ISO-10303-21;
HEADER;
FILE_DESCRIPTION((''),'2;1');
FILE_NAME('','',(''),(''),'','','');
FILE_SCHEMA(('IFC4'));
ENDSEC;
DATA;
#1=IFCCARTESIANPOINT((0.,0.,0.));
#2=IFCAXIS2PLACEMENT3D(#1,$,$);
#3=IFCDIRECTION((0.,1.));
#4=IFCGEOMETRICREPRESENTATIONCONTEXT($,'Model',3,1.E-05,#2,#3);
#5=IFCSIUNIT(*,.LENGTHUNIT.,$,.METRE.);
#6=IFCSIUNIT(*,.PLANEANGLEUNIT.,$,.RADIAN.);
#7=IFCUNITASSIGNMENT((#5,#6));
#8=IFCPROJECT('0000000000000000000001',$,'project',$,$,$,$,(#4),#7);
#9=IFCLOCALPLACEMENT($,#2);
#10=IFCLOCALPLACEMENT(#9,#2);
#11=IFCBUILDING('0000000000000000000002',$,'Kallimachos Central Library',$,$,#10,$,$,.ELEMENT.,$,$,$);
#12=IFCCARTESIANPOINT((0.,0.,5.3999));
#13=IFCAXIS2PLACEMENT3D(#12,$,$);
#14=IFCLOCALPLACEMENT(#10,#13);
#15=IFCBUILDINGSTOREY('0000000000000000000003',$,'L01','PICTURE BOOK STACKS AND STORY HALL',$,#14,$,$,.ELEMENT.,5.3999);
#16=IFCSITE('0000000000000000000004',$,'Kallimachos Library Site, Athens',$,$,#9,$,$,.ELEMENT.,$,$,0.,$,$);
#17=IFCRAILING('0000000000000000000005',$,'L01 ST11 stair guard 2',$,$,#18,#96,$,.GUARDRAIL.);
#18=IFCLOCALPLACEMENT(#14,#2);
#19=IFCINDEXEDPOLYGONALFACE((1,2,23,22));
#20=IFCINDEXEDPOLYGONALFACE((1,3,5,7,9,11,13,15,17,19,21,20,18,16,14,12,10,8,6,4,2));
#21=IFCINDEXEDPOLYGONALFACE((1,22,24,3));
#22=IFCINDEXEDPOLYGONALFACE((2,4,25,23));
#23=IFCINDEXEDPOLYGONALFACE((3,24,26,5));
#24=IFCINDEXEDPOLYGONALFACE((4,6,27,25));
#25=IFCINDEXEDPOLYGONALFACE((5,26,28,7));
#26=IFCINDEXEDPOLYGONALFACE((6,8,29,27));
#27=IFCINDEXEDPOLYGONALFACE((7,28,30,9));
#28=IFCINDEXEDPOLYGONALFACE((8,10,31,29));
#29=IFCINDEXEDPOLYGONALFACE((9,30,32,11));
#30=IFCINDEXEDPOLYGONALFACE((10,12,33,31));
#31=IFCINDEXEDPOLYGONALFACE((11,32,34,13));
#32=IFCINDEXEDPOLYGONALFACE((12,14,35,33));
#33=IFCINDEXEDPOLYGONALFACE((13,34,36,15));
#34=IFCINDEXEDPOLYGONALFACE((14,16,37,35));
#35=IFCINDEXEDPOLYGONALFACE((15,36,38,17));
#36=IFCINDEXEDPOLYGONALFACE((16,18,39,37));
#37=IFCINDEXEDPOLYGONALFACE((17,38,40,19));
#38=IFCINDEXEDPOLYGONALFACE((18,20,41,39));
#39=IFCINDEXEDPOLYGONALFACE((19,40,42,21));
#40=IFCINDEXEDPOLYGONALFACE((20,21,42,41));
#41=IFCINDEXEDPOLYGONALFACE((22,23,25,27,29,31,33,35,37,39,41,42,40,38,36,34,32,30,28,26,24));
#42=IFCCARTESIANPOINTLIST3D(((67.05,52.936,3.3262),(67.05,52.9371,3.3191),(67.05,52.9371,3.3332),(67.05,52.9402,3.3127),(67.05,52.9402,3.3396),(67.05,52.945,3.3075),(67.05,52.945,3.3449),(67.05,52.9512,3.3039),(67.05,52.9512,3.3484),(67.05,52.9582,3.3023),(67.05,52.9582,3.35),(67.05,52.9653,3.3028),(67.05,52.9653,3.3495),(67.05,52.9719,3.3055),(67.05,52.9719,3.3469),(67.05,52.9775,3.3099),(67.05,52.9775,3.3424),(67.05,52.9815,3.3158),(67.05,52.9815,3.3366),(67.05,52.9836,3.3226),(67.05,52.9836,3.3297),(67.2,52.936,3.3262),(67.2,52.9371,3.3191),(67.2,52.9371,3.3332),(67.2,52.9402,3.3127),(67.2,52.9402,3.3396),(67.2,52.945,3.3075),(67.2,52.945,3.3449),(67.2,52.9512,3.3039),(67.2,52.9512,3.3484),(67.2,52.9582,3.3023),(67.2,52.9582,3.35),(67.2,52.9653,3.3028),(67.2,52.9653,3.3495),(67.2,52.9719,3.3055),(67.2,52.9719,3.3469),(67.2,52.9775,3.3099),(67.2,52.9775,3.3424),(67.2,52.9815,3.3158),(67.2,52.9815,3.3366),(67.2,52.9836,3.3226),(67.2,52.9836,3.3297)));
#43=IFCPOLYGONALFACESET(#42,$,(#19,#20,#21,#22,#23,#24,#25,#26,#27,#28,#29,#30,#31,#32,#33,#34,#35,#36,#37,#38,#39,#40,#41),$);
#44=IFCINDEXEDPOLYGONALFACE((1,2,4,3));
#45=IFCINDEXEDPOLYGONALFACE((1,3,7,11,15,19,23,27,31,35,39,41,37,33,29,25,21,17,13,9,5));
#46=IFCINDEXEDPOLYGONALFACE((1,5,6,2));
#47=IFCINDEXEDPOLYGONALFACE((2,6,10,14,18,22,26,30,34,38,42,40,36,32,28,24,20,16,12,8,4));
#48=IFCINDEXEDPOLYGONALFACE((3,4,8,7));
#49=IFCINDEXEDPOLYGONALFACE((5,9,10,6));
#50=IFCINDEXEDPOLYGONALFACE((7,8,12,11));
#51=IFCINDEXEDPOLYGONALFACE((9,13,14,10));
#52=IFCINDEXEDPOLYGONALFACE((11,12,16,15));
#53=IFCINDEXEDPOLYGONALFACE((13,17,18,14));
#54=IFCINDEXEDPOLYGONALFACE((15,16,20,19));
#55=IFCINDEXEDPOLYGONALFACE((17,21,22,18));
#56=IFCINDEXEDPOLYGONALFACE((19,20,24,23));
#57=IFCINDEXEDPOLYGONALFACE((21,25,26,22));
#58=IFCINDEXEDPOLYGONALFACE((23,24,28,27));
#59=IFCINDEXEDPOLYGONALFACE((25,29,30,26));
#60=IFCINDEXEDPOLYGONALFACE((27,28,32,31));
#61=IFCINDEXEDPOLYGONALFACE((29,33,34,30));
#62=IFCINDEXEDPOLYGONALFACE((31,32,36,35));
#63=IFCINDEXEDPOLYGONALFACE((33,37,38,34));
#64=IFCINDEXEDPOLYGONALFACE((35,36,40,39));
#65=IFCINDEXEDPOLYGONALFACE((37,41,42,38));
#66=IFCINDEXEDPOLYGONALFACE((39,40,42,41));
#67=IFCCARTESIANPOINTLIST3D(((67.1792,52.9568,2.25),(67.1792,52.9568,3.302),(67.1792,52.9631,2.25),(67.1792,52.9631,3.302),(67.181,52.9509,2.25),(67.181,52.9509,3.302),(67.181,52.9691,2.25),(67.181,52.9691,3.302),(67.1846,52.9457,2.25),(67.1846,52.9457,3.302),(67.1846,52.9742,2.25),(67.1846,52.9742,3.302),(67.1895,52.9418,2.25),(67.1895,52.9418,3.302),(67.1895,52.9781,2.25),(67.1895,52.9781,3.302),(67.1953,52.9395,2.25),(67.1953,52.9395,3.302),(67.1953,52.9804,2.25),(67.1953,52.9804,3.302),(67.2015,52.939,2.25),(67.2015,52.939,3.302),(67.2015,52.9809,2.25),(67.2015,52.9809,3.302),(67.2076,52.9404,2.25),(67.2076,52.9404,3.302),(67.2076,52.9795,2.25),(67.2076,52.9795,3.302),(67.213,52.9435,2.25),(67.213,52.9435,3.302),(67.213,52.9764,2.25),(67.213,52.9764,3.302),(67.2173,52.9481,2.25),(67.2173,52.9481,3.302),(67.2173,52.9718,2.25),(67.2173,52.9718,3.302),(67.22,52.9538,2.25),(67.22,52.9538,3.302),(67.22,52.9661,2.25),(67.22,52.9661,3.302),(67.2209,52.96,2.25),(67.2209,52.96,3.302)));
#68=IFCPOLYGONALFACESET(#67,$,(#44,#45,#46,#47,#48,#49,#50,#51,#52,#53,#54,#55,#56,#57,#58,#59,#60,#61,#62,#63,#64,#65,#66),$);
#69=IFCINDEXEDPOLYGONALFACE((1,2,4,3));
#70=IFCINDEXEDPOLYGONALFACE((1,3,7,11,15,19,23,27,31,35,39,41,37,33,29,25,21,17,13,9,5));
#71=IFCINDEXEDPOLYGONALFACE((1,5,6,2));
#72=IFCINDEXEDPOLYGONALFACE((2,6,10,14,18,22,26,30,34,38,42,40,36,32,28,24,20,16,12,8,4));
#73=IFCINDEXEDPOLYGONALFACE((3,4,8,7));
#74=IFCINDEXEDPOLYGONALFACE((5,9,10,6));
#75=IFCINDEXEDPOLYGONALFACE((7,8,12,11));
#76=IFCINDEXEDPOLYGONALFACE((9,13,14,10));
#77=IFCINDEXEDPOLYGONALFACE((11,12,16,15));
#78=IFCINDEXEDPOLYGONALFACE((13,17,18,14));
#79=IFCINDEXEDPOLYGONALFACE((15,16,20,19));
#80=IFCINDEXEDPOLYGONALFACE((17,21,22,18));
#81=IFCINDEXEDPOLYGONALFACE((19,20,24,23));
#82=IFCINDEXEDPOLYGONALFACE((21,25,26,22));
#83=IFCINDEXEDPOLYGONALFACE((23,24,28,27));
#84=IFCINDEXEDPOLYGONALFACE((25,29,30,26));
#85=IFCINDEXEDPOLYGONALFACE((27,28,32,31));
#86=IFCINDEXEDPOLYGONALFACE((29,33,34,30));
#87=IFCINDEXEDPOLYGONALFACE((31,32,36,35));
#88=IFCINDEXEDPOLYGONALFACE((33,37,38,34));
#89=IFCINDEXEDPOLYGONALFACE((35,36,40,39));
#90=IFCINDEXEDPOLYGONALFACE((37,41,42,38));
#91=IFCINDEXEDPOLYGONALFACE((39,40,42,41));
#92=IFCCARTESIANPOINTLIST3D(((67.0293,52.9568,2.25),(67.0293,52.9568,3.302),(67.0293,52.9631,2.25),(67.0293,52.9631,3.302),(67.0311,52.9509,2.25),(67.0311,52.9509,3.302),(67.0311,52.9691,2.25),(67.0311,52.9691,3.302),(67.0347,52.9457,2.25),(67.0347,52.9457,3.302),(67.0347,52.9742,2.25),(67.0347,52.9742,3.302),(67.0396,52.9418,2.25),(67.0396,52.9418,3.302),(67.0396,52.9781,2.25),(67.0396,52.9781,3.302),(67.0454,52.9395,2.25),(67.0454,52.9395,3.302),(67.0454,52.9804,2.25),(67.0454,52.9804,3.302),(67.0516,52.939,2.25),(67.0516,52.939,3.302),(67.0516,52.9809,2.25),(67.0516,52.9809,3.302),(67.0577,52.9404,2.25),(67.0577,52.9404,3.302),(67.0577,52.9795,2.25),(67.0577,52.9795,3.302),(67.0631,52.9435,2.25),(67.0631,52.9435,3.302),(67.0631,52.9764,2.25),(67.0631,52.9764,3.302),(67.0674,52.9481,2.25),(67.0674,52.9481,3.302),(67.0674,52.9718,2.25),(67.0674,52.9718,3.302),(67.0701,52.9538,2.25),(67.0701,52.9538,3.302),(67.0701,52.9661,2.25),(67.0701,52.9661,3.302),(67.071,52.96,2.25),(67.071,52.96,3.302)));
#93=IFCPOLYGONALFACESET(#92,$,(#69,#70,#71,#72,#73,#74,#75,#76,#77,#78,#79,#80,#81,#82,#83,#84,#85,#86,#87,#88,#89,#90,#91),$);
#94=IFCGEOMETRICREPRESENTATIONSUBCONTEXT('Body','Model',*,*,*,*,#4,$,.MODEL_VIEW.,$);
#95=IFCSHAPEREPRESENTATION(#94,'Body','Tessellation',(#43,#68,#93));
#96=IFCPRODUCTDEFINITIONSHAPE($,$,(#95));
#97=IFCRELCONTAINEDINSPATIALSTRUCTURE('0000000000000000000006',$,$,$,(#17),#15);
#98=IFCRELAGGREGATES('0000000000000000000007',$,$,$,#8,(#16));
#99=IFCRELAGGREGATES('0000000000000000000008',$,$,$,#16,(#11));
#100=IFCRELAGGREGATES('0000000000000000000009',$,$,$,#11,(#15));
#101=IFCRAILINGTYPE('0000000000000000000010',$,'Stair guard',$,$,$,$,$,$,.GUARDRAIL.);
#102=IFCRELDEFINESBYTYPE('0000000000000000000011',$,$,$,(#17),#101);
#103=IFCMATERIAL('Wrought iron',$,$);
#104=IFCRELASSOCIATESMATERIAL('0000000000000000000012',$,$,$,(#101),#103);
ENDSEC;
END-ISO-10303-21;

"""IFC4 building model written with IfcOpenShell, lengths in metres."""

from ifc_helpers import new_model, si_unit, direction, frame, origin, origin_2d, place, context, subcontext, project, spatial, circle, extrude, material, type_object, element, save


model = new_model("IFC4")

# Units and contexts
model_context = context("Model", 3, precision=1e-05, world=origin(), true_north=direction((0.0, 1.0)))
body_context = subcontext(model_context, "Body", "Model", "MODEL_VIEW")
ifc_project = project(units=[si_unit("LENGTHUNIT", "METRE"), si_unit("PLANEANGLEUNIT", "RADIAN")], contexts=[model_context])

# Site, building, storey
site_placement = place(None, origin())
site = spatial("IfcSite", under=ifc_project, at=site_placement, Name="Kallimachos Library Site, Athens", CompositionType="ELEMENT", RefElevation=0.0)
building_placement = place(site_placement, origin())
building = spatial("IfcBuilding", under=site, at=building_placement, Name="Kallimachos Central Library", CompositionType="ELEMENT")
storey_placement = place(building_placement, frame((0.0, 0.0, 5.3999)))
storey = spatial("IfcBuildingStorey", under=building, at=storey_placement, Name="L01", Description="PICTURE BOOK STACKS AND STORY HALL", CompositionType="ELEMENT", Elevation=5.3999)

# Railing
ifc_material_1 = material(Name="Wrought iron")
railing_type_1 = type_object("IfcRailingType", Name="Stair guard", PredefinedType="GUARDRAIL", material=ifc_material_1)
railing_1_placement = place(storey_placement, frame((67.2, 52.96, 2.25)))
element("IfcRailing", 1, at=railing_1_placement, inside=storey, type_object=railing_type_1, Name="L01 ST11 stair guard 2", PredefinedType="GUARDRAIL", context=body_context, shape_type="SweptSolid", body=[
    extrude(circle(Radius=0.0239, at=origin_2d()), frame((0.0, 0.0, 1.0762), z_axis=(-1.0, 0.0, 0.0), x_axis=(0.0, -1.0, 0.0)), (0.0, 0.0, 1.0), 0.1499),
    extrude(circle(Radius=0.021, at=origin_2d()), origin(), (0.0, 0.0, 1.0), 1.052),
    extrude(circle(Radius=0.021, at=origin_2d()), frame((-0.1499, 0.0, 0.0)), (0.0, 0.0, 1.0), 1.052),
])

save(model, "model.ifc")
